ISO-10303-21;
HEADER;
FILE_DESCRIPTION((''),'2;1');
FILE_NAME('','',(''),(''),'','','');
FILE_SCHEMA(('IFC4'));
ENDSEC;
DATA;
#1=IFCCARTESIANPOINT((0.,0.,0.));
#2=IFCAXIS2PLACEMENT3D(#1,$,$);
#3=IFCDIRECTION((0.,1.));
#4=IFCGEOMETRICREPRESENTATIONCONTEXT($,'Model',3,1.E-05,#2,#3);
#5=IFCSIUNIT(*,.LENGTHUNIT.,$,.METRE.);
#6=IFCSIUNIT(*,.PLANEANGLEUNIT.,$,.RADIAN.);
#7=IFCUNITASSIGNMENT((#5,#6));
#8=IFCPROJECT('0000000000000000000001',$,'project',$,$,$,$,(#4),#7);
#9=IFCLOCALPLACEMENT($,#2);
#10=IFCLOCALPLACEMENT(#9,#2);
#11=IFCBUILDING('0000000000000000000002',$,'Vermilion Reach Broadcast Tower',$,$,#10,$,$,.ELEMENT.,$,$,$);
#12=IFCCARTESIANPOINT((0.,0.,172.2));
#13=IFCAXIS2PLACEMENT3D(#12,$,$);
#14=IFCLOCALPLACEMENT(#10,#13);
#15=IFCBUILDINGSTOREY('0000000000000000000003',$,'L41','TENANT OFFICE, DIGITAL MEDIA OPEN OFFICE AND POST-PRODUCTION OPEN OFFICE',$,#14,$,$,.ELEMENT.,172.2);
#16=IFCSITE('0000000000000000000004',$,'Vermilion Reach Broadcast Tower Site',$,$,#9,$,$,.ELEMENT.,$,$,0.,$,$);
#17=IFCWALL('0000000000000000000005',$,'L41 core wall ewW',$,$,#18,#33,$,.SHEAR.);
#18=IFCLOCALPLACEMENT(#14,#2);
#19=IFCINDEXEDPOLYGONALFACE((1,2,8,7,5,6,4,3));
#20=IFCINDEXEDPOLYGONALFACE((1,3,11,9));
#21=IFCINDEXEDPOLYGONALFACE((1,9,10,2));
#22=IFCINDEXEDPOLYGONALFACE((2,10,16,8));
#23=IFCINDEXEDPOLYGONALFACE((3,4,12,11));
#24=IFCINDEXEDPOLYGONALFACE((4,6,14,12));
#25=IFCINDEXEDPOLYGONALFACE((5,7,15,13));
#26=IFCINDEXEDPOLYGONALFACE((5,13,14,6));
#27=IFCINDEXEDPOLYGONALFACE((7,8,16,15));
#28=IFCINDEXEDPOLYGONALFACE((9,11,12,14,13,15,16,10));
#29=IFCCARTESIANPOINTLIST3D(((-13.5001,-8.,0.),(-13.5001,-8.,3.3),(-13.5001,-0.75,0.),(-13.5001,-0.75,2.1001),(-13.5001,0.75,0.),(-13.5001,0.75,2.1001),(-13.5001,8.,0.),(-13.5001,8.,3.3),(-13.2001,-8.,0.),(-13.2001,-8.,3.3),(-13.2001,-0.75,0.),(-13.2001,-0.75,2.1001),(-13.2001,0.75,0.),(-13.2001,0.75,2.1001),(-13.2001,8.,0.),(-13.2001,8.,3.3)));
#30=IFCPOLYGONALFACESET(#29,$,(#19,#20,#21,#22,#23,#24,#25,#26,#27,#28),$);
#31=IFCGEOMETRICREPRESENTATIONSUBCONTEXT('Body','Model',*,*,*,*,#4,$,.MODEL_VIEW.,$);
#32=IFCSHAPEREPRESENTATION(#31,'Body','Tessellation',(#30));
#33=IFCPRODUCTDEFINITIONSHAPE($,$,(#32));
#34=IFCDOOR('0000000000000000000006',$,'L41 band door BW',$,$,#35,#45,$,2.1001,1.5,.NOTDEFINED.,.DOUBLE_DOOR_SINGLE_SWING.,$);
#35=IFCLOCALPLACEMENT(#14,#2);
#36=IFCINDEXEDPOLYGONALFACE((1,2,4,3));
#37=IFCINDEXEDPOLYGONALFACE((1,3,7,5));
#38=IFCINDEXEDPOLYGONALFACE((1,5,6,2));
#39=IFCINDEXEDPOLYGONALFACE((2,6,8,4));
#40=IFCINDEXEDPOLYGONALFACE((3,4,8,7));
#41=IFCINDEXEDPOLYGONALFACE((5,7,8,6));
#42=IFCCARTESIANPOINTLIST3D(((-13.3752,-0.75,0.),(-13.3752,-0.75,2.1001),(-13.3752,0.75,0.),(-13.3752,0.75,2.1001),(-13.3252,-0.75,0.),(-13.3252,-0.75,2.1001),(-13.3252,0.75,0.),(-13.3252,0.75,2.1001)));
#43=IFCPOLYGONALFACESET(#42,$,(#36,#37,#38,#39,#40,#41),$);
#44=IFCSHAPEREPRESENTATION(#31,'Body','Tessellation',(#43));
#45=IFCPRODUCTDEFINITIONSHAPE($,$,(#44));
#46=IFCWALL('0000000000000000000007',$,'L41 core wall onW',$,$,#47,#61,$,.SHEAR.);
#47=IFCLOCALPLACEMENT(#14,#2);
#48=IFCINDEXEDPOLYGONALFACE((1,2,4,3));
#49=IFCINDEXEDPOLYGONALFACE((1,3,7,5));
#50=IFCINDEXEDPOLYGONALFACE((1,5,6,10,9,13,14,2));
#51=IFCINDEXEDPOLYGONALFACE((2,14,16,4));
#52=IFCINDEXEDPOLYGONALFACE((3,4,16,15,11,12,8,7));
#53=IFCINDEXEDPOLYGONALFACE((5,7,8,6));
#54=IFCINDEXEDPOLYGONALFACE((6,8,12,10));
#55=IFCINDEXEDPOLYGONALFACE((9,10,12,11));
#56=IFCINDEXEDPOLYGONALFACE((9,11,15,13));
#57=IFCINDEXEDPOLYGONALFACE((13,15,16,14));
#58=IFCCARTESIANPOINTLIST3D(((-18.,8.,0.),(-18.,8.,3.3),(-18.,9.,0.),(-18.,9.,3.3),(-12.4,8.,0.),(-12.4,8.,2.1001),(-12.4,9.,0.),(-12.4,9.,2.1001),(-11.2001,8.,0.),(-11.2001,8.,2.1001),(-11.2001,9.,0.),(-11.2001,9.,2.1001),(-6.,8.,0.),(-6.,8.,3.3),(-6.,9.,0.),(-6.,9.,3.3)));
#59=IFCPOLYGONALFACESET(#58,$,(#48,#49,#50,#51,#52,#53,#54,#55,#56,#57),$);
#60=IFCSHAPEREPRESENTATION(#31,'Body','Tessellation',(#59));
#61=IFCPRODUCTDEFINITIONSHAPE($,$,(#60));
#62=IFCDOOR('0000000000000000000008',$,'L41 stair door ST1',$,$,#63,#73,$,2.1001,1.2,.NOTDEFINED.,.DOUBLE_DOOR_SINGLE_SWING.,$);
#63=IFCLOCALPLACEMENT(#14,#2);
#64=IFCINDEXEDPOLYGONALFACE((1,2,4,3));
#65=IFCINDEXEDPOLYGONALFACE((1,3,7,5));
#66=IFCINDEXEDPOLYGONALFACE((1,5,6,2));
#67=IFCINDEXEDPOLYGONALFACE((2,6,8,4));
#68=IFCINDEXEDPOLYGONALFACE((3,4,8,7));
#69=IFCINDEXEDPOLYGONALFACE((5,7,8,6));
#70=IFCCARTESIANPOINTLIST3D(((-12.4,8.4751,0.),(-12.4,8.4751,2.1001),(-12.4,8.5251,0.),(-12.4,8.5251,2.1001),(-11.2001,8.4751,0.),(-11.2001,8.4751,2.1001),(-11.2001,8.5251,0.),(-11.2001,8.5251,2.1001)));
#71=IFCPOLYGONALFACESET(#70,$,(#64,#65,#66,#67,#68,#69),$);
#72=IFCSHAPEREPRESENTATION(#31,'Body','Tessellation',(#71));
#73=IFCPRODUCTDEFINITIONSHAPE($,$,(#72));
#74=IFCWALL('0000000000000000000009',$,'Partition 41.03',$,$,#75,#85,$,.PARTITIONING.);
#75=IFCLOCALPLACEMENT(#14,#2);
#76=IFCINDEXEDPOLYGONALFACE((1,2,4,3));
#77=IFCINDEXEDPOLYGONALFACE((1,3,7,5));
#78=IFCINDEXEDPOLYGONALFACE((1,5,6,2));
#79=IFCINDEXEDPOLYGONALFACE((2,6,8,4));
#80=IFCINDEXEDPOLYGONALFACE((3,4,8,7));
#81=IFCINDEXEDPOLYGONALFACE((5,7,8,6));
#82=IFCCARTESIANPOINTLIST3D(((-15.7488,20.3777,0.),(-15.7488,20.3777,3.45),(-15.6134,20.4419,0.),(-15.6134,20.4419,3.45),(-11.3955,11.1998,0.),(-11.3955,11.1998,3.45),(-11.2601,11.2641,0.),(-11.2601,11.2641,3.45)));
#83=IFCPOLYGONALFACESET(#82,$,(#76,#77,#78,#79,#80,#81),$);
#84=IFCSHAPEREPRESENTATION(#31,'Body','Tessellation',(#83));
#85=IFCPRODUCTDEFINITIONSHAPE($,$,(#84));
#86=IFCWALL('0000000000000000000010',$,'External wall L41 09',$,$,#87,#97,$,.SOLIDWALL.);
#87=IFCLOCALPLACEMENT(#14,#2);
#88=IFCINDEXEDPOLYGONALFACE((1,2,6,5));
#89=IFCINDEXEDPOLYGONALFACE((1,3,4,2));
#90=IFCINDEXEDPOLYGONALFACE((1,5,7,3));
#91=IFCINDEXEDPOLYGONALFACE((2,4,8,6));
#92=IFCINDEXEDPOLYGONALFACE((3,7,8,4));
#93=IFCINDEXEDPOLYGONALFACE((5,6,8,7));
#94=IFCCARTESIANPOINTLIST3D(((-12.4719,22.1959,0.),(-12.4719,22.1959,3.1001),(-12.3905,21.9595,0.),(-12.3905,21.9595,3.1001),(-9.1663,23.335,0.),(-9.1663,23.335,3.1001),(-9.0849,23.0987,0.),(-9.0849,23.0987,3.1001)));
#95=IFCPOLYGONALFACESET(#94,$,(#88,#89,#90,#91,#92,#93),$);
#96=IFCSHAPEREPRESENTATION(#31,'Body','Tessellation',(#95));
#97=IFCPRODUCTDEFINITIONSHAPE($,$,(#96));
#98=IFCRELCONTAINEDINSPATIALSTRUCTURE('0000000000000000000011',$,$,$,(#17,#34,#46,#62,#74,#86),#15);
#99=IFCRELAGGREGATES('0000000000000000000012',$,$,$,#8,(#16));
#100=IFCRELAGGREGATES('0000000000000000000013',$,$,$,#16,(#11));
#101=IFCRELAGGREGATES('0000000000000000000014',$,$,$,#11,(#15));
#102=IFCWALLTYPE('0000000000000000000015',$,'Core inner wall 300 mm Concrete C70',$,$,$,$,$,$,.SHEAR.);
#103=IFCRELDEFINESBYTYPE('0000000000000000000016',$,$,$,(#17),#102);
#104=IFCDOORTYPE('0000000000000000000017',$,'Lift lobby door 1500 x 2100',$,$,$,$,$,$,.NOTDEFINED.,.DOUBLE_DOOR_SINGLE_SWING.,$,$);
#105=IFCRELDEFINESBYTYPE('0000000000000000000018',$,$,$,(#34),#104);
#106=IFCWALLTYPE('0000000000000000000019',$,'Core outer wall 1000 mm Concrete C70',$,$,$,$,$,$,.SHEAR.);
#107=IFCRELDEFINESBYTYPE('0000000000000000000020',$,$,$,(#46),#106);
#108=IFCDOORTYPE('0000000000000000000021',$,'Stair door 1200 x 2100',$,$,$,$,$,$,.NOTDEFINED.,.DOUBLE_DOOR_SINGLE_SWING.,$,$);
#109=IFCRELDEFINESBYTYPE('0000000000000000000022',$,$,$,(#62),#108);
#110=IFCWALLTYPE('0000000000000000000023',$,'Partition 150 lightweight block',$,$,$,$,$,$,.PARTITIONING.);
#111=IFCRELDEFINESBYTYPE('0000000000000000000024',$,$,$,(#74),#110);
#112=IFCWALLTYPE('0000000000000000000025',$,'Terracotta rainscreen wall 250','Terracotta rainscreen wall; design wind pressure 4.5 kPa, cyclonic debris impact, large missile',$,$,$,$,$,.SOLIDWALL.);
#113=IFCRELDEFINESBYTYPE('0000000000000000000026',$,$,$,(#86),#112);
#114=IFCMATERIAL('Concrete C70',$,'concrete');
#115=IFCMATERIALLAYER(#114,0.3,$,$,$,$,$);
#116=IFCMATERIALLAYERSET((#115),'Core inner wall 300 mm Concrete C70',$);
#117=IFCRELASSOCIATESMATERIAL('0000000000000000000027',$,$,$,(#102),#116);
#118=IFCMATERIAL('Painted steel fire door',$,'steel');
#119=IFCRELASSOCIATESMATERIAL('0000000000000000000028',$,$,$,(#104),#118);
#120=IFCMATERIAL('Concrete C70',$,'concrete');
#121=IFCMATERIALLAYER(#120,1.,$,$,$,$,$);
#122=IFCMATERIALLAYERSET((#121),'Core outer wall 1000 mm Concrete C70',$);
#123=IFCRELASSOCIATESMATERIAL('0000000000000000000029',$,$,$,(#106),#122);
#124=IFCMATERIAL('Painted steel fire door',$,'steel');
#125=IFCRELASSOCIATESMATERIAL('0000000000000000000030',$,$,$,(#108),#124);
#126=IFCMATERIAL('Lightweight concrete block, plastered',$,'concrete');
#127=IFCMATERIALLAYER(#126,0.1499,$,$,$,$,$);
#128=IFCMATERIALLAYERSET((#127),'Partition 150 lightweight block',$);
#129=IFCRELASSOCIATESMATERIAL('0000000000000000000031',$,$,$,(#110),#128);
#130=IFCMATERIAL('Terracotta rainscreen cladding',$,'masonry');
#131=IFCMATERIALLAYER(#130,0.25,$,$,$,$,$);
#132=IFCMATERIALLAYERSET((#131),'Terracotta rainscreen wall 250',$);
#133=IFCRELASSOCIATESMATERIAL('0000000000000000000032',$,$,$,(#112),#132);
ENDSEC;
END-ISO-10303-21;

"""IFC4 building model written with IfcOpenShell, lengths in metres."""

from ifc_helpers import new_model, si_unit, direction, frame, frame_2d, origin, place, context, subcontext, project, spatial, rectangle, extrude, material, layer, layer_set, type_object, element, fill, save


model = new_model("IFC4")

# Units and contexts
model_context = context("Model", 3, precision=1e-05, world=origin(), true_north=direction((0.0, 1.0)))
body_context = subcontext(model_context, "Body", "Model", "MODEL_VIEW")
ifc_project = project(units=[si_unit("LENGTHUNIT", "METRE"), si_unit("PLANEANGLEUNIT", "RADIAN")], contexts=[model_context])

# Site, building, storey
site_placement = place(None, origin())
site = spatial("IfcSite", under=ifc_project, at=site_placement, Name="Vermilion Reach Broadcast Tower Site", CompositionType="ELEMENT", RefElevation=0.0)
building_placement = place(site_placement, origin())
building = spatial("IfcBuilding", under=site, at=building_placement, Name="Vermilion Reach Broadcast Tower", CompositionType="ELEMENT")
storey_placement = place(building_placement, frame((0.0, 0.0, 172.2)))
storey = spatial("IfcBuildingStorey", under=building, at=storey_placement, Name="L41", Description="TENANT OFFICE, DIGITAL MEDIA OPEN OFFICE AND POST-PRODUCTION OPEN OFFICE", CompositionType="ELEMENT", Elevation=172.2)

# Walls, openings, doors
ifc_material_1 = material(Name="Concrete C70", Category="concrete")
ifc_layer_1 = layer(ifc_material_1, 0.3)
ifc_layer_set_1 = layer_set([ifc_layer_1], Name="Core inner wall 300 mm Concrete C70")
wall_type_1 = type_object("IfcWallType", Name="Core inner wall 300 mm Concrete C70", PredefinedType="SHEAR", material=ifc_layer_set_1)
wall_1_placement = place(storey_placement, frame((-13.3501, 8.0, 0.0), z_axis=(0.0, 0.0, 1.0), x_axis=(0.0, -1.0, 0.0)))
wall_1 = element("IfcWall", 1, at=wall_1_placement, inside=storey, type_object=wall_type_1, Name="L41 core wall ewW", PredefinedType="SHEAR", context=body_context, shape_type="SweptSolid", body=[
    extrude(rectangle(XDim=16.0, YDim=0.3, at=frame_2d((8.0, 0.0))), origin(), (0.0, 0.0, 1.0), 3.3),
])
opening_1_placement = place(wall_1_placement, frame((7.25, 0.0, 0.0)))
opening_1 = element("IfcOpeningElement", 2, at=opening_1_placement, cuts=wall_1, PredefinedType="OPENING", context=body_context, shape_type="SweptSolid", body=[
    extrude(rectangle(XDim=1.5, YDim=2.1001, at=frame_2d((0.75, 1.05))), frame((0.0, 0.1599, 0.0), z_axis=(0.0, -1.0, 0.0), x_axis=(1.0, 0.0, 0.0)), (0.0, 0.0, 1.0), 0.3201),
])
ifc_material_2 = material(Name="Painted steel fire door", Category="steel")
door_type_1 = type_object("IfcDoorType", Name="Lift lobby door 1500 x 2100", OperationType="DOUBLE_DOOR_SINGLE_SWING", PredefinedType="NOTDEFINED", material=ifc_material_2)
door_1_placement = place(opening_1_placement, origin())
door_1 = element("IfcDoor", 3, at=door_1_placement, inside=storey, type_object=door_type_1, Name="L41 band door BW", OperationType="DOUBLE_DOOR_SINGLE_SWING", OverallHeight=2.1001, OverallWidth=1.5, PredefinedType="NOTDEFINED", context=body_context, shape_type="SweptSolid", body=[
    extrude(rectangle(XDim=1.5, YDim=2.1001, at=frame_2d((0.75, 1.05))), frame((0.0, 0.0249, 0.0), z_axis=(0.0, -1.0, 0.0), x_axis=(1.0, 0.0, 0.0)), (0.0, 0.0, 1.0), 0.05),
])
fill(opening_1, door_1)
ifc_material_3 = material(Name="Concrete C70", Category="concrete")
ifc_layer_2 = layer(ifc_material_3, 1.0)
ifc_layer_set_2 = layer_set([ifc_layer_2], Name="Core outer wall 1000 mm Concrete C70")
wall_type_2 = type_object("IfcWallType", Name="Core outer wall 1000 mm Concrete C70", PredefinedType="SHEAR", material=ifc_layer_set_2)
wall_2_placement = place(storey_placement, frame((-6.0, 8.5, 0.0), z_axis=(0.0, 0.0, 1.0), x_axis=(-1.0, 0.0, 0.0)))
wall_2 = element("IfcWall", 4, at=wall_2_placement, inside=storey, type_object=wall_type_2, Name="L41 core wall onW", PredefinedType="SHEAR", context=body_context, shape_type="SweptSolid", body=[
    extrude(rectangle(XDim=12.0, YDim=1.0, at=frame_2d((6.0, 0.0))), origin(), (0.0, 0.0, 1.0), 3.3),
])
opening_2_placement = place(wall_2_placement, frame((5.2, 0.0, 0.0)))
opening_2 = element("IfcOpeningElement", 5, at=opening_2_placement, cuts=wall_2, PredefinedType="OPENING", context=body_context, shape_type="SweptSolid", body=[
    extrude(rectangle(XDim=1.2, YDim=2.1001, at=frame_2d((0.6001, 1.05))), frame((0.0, 0.51, 0.0), z_axis=(0.0, -1.0, 0.0), x_axis=(1.0, 0.0, 0.0)), (0.0, 0.0, 1.0), 1.02),
])
ifc_material_4 = material(Name="Painted steel fire door", Category="steel")
door_type_2 = type_object("IfcDoorType", Name="Stair door 1200 x 2100", OperationType="DOUBLE_DOOR_SINGLE_SWING", PredefinedType="NOTDEFINED", material=ifc_material_4)
door_2_placement = place(opening_2_placement, origin())
door_2 = element("IfcDoor", 6, at=door_2_placement, inside=storey, type_object=door_type_2, Name="L41 stair door ST1", OperationType="DOUBLE_DOOR_SINGLE_SWING", OverallHeight=2.1001, OverallWidth=1.2, PredefinedType="NOTDEFINED", context=body_context, shape_type="SweptSolid", body=[
    extrude(rectangle(XDim=1.2, YDim=2.1001, at=frame_2d((0.6001, 1.05))), frame((0.0, 0.0249, 0.0), z_axis=(0.0, -1.0, 0.0), x_axis=(1.0, 0.0, 0.0)), (0.0, 0.0, 1.0), 0.05),
])
fill(opening_2, door_2)

# Walls
ifc_material_5 = material(Name="Lightweight concrete block, plastered", Category="concrete")
ifc_layer_3 = layer(ifc_material_5, 0.1499)
ifc_layer_set_3 = layer_set([ifc_layer_3], Name="Partition 150 lightweight block")
wall_type_3 = type_object("IfcWallType", Name="Partition 150 lightweight block", PredefinedType="PARTITIONING", material=ifc_layer_set_3)
wall_3_placement = place(storey_placement, frame((-15.6812, 20.4099, 0.0), z_axis=(0.0, 0.0, 1.0), x_axis=(0.428563, -0.903512, 0.0)))
element("IfcWall", 7, at=wall_3_placement, inside=storey, type_object=wall_type_3, Name="Partition 41.03", PredefinedType="PARTITIONING", context=body_context, shape_type="SweptSolid", body=[
    extrude(rectangle(XDim=10.158, YDim=0.1499, at=frame_2d((5.0791, 0.0))), origin(), (0.0, 0.0, 1.0), 3.45),
])
ifc_material_6 = material(Name="Terracotta rainscreen cladding", Category="masonry")
ifc_layer_4 = layer(ifc_material_6, 0.25)
ifc_layer_set_4 = layer_set([ifc_layer_4], Name="Terracotta rainscreen wall 250")
wall_type_4 = type_object("IfcWallType", Name="Terracotta rainscreen wall 250", Description="Terracotta rainscreen wall; design wind pressure 4.5 kPa, cyclonic debris impact, large missile", PredefinedType="SOLIDWALL", material=ifc_layer_set_4)
wall_4_placement = place(storey_placement, frame((-9.1257, 23.2168, 0.0), z_axis=(0.0, 0.0, 1.0), x_axis=(-0.945437, -0.325806, 0.0)))
element("IfcWall", 8, at=wall_4_placement, inside=storey, type_object=wall_type_4, Name="External wall L41 09", PredefinedType="SOLIDWALL", context=body_context, shape_type="SweptSolid", body=[
    extrude(rectangle(XDim=3.4963, YDim=0.25, at=frame_2d((1.748, 0.0))), origin(), (0.0, 0.0, 1.0), 3.1001),
])

save(model, "model.ifc")
